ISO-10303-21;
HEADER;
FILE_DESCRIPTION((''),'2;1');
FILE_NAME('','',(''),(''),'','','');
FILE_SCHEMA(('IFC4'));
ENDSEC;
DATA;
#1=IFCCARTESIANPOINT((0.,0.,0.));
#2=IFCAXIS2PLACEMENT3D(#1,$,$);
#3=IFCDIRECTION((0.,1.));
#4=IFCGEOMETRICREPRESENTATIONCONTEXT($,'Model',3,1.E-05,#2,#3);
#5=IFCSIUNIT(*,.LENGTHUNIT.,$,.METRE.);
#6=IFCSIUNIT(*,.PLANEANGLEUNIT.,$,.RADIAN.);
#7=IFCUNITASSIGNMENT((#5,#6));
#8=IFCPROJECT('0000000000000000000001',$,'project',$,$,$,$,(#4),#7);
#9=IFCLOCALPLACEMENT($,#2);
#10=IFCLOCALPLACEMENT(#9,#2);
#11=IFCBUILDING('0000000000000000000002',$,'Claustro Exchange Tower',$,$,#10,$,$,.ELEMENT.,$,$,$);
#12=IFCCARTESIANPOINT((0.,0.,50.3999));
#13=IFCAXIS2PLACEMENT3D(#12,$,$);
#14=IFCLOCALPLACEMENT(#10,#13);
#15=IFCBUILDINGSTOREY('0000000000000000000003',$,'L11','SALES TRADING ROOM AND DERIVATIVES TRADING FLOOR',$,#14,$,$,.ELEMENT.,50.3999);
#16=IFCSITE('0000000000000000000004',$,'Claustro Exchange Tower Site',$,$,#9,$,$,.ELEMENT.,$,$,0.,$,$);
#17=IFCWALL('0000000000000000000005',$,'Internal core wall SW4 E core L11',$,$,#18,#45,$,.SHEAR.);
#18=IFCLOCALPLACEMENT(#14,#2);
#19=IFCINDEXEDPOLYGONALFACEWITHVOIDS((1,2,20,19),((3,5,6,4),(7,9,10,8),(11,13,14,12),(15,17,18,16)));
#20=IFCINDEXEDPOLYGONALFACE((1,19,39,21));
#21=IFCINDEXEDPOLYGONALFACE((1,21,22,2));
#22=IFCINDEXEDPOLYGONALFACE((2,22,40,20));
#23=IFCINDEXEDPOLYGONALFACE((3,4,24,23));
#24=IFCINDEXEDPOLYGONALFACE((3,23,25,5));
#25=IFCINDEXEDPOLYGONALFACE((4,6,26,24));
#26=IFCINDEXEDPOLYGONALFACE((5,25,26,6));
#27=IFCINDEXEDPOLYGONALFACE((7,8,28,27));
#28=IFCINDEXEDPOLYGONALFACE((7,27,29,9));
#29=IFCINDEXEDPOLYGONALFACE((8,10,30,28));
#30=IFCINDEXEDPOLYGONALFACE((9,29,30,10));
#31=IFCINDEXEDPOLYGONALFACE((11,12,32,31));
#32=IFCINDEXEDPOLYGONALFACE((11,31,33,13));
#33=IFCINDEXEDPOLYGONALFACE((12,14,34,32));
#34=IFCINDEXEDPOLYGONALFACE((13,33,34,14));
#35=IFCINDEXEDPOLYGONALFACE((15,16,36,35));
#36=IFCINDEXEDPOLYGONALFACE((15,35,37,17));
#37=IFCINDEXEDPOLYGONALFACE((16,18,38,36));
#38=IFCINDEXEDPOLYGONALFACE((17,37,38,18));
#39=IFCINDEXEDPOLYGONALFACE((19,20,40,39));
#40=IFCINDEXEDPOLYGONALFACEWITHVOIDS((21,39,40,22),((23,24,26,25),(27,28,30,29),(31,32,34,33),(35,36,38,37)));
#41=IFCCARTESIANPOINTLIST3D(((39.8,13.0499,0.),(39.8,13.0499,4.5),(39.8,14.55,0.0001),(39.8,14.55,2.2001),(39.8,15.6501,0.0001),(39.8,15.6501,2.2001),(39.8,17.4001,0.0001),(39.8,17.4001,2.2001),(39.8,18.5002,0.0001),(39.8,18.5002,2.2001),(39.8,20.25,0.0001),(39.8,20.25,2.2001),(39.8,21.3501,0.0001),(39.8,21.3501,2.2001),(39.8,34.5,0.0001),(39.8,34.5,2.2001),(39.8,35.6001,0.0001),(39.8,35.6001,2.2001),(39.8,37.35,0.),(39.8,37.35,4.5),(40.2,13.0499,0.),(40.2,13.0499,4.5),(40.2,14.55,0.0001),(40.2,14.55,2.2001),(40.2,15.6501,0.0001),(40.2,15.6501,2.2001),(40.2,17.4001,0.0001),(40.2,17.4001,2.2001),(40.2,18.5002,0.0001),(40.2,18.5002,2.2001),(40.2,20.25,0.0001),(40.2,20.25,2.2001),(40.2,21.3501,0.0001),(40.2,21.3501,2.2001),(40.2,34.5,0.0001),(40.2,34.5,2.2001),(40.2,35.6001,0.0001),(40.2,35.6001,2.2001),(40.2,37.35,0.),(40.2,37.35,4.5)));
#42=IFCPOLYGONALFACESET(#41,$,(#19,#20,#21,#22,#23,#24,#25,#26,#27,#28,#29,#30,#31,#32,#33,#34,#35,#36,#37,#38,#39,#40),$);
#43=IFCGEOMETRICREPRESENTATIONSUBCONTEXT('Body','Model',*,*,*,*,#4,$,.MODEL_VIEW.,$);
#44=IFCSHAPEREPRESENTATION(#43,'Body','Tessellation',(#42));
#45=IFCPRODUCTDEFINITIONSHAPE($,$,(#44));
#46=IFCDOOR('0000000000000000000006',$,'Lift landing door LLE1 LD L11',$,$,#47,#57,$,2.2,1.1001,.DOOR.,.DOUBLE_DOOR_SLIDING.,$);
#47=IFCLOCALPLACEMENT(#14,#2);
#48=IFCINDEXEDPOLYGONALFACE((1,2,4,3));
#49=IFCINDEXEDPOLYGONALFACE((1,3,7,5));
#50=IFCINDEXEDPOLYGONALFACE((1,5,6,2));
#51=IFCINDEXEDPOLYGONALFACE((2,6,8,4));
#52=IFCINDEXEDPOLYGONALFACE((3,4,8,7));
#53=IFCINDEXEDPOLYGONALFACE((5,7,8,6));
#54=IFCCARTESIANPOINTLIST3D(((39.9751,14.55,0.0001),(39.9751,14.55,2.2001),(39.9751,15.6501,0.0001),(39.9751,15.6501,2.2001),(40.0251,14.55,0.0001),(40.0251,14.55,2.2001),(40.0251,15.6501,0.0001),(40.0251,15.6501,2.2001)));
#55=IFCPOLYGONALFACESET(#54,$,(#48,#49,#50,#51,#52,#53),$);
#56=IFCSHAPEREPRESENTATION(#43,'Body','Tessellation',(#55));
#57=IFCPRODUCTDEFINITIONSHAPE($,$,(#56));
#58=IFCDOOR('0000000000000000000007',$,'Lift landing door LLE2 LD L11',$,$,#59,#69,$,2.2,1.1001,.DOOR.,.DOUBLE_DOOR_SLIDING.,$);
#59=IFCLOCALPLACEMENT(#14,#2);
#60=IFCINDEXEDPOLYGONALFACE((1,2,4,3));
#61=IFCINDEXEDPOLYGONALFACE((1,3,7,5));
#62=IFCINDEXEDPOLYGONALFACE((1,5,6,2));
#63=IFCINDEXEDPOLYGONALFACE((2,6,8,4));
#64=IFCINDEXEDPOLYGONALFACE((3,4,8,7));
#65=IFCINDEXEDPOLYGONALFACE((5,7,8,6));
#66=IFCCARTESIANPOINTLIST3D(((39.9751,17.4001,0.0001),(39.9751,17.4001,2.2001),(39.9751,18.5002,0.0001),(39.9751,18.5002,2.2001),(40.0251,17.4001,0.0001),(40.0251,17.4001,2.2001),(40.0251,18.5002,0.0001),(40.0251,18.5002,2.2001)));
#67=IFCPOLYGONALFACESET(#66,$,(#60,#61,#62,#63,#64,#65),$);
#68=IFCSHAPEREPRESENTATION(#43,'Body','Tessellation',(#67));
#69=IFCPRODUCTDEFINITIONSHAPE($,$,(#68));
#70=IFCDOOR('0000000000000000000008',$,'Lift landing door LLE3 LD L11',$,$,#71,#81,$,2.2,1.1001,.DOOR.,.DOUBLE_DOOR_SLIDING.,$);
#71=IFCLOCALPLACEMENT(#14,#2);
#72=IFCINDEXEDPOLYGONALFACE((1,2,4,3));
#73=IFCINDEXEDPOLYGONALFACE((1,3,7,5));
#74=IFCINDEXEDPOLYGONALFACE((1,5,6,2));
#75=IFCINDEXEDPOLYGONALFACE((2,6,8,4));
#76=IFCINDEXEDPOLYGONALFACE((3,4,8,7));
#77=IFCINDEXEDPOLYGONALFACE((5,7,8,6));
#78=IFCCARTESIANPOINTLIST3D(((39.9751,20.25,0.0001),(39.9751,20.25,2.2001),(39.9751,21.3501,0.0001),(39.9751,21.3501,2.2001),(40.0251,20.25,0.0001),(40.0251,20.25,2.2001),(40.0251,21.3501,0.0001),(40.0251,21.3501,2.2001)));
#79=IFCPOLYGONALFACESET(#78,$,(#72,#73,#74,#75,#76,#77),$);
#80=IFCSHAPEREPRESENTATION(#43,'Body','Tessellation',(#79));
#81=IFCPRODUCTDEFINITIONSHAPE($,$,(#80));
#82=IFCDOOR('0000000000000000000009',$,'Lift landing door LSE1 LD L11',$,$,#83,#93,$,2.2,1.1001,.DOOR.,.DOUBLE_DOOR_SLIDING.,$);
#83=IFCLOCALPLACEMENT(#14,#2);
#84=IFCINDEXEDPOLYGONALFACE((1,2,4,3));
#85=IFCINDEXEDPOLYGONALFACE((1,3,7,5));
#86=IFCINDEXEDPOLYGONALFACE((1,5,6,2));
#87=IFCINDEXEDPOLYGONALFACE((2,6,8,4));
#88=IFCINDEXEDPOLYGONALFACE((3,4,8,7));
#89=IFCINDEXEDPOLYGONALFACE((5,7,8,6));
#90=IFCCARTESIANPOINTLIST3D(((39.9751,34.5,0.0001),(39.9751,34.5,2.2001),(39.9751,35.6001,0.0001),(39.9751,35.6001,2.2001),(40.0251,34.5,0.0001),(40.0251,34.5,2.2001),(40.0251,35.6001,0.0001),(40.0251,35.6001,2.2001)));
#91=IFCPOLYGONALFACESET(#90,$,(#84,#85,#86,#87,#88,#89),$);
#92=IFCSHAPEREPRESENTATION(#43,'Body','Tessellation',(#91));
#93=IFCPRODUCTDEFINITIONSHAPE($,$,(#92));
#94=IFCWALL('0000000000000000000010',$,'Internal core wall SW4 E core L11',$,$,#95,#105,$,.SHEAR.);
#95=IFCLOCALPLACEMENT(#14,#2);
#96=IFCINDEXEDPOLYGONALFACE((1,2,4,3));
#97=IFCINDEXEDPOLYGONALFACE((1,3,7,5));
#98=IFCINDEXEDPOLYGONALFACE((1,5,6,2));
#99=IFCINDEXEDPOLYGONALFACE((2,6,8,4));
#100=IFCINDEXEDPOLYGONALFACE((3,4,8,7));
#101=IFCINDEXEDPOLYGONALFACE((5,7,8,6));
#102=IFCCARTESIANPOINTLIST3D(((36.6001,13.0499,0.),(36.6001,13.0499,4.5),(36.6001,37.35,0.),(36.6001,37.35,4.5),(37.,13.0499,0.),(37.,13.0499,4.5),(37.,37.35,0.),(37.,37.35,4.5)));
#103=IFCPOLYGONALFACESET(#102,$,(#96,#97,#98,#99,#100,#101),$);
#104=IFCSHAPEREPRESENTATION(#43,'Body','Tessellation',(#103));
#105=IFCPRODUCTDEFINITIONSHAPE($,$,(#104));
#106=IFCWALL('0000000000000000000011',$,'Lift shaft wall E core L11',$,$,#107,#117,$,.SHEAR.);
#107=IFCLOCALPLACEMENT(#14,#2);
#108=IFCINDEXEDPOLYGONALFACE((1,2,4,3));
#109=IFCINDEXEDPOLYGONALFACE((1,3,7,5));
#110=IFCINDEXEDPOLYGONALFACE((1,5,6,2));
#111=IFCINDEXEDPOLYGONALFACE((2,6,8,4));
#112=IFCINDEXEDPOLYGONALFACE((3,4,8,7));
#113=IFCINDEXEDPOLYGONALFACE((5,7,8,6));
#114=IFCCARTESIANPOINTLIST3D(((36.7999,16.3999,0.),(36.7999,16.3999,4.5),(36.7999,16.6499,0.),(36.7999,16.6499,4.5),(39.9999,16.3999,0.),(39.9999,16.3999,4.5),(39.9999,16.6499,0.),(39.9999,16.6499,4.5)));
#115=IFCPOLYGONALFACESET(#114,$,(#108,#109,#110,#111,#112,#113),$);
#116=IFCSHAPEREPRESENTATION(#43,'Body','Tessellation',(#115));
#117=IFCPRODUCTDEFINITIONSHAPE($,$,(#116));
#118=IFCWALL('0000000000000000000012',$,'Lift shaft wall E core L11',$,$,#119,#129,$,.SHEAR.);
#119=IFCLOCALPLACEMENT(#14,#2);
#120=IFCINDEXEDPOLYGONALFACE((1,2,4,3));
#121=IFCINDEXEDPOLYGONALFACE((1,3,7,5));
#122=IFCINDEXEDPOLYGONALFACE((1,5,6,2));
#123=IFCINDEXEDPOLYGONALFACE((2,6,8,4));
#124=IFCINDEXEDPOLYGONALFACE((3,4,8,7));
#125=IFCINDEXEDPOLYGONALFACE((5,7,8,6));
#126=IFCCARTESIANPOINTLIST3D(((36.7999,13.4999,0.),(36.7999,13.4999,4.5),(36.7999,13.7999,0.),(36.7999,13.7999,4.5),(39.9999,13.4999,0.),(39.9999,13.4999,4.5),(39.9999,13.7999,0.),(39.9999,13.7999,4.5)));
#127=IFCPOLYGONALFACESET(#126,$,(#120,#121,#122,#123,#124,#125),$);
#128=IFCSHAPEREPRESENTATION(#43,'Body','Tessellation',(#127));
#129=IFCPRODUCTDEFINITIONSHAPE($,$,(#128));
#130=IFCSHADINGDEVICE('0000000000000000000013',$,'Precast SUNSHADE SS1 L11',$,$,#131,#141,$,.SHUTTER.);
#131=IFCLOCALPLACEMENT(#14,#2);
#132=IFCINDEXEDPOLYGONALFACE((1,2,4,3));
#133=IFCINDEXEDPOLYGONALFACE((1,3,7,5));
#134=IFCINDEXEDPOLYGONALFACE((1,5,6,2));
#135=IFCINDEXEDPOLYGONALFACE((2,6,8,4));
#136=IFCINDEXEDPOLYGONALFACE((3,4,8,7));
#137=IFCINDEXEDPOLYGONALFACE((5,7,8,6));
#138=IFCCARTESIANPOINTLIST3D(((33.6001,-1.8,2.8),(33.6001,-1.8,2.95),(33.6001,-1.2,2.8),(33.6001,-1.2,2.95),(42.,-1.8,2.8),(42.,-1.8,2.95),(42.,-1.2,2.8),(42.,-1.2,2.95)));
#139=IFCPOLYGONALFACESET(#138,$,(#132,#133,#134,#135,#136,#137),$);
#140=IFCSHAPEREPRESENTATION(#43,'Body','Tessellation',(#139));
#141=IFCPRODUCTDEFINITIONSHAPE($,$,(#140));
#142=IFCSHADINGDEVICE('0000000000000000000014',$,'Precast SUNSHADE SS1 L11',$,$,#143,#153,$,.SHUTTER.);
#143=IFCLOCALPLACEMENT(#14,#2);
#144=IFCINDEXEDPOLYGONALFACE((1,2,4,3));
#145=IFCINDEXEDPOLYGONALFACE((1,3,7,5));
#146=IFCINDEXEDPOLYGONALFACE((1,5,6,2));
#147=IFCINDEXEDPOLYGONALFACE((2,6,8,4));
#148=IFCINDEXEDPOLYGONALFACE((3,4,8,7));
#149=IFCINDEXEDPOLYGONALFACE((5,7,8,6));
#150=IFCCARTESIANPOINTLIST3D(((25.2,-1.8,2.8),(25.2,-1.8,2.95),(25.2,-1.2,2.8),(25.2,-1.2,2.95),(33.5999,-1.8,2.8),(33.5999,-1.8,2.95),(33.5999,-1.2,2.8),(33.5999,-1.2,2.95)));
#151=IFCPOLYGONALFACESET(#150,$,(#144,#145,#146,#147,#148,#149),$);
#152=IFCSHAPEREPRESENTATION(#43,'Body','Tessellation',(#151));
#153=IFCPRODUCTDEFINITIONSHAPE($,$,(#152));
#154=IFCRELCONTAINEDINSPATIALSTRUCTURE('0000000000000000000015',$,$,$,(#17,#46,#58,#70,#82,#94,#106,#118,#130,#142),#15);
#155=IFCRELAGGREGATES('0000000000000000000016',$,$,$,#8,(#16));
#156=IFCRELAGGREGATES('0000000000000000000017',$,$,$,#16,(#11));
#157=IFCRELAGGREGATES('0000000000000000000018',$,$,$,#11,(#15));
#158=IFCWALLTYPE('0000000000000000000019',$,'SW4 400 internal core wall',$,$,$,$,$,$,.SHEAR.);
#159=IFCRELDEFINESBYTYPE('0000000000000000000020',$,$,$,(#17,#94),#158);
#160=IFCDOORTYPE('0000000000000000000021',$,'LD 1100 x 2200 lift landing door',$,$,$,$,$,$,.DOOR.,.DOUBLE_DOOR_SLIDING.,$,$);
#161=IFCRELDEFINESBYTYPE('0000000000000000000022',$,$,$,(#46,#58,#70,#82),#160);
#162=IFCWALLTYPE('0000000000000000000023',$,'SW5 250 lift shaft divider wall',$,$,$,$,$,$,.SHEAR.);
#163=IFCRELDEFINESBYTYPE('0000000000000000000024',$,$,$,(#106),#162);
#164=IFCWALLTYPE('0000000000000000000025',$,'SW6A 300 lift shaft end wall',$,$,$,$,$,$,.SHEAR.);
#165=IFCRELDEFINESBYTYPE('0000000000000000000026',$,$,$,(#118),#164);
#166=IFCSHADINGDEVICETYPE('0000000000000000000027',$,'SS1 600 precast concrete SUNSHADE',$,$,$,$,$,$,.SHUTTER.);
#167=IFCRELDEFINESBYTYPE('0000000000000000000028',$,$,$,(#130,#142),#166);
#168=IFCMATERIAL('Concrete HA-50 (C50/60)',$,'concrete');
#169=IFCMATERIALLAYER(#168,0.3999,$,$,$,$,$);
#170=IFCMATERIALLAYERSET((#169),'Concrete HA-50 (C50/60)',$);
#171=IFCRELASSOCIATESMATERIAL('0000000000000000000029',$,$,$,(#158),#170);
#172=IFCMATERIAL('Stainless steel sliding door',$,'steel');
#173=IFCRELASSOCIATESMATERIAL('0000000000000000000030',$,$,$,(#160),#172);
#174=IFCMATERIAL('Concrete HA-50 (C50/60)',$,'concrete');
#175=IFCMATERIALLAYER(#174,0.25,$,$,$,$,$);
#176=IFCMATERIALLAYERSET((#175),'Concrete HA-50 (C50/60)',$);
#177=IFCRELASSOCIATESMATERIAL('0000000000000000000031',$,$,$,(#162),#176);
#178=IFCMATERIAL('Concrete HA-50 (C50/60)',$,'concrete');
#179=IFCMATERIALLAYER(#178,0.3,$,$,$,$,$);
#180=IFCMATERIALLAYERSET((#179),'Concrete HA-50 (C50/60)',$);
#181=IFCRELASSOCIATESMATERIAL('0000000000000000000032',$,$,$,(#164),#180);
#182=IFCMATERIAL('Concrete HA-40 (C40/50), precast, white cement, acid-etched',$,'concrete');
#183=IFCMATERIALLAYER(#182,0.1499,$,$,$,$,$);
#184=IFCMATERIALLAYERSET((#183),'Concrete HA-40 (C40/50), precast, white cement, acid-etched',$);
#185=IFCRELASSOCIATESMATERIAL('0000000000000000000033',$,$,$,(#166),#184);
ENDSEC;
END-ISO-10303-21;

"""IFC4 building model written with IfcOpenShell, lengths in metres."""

from ifc_helpers import new_model, si_unit, direction, frame, frame_2d, origin, origin_2d, place, context, subcontext, project, spatial, rectangle, extrude, material, layer, layer_set, type_object, element, fill, save


model = new_model("IFC4")

# Units and contexts
model_context = context("Model", 3, precision=1e-05, world=origin(), true_north=direction((0.0, 1.0)))
body_context = subcontext(model_context, "Body", "Model", "MODEL_VIEW")
ifc_project = project(units=[si_unit("LENGTHUNIT", "METRE"), si_unit("PLANEANGLEUNIT", "RADIAN")], contexts=[model_context])

# Site, building, storey
site_placement = place(None, origin())
site = spatial("IfcSite", under=ifc_project, at=site_placement, Name="Claustro Exchange Tower Site", CompositionType="ELEMENT", RefElevation=0.0)
building_placement = place(site_placement, origin())
building = spatial("IfcBuilding", under=site, at=building_placement, Name="Claustro Exchange Tower", CompositionType="ELEMENT")
storey_placement = place(building_placement, frame((0.0, 0.0, 50.3999)))
storey = spatial("IfcBuildingStorey", under=building, at=storey_placement, Name="L11", Description="SALES TRADING ROOM AND DERIVATIVES TRADING FLOOR", CompositionType="ELEMENT", Elevation=50.3999)

# Wall, openings, doors
ifc_material_1 = material(Name="Concrete HA-50 (C50/60)", Category="concrete")
ifc_layer_1 = layer(ifc_material_1, 0.3999)
ifc_layer_set_1 = layer_set([ifc_layer_1], Name="Concrete HA-50 (C50/60)")
wall_type_1 = type_object("IfcWallType", Name="SW4 400 internal core wall", PredefinedType="SHEAR", material=ifc_layer_set_1)
wall_1_placement = place(storey_placement, frame((40.0, 13.05, 0.0), z_axis=(0.0, 0.0, 1.0), x_axis=(0.0, 1.0, 0.0)))
wall_1 = element("IfcWall", 1, at=wall_1_placement, inside=storey, type_object=wall_type_1, Name="Internal core wall SW4 E core L11", PredefinedType="SHEAR", context=body_context, shape_type="SweptSolid", body=[
    extrude(rectangle(XDim=24.3, YDim=0.3999, at=frame_2d((12.1499, 0.0))), origin(), (0.0, 0.0, 1.0), 4.5),
])
opening_1_placement = place(wall_1_placement, frame((1.5, 0.0, 0.0)))
opening_1 = element("IfcOpeningElement", 2, at=opening_1_placement, cuts=wall_1, PredefinedType="OPENING", context=body_context, shape_type="SweptSolid", body=[
    extrude(rectangle(XDim=1.1001, YDim=2.2, at=frame_2d((0.55, 1.1001))), frame((0.0, 0.21, 0.0), z_axis=(0.0, -1.0, 0.0), x_axis=(1.0, 0.0, 0.0)), (0.0, 0.0, 1.0), 0.4199),
])
opening_2_placement = place(wall_1_placement, frame((4.3501, 0.0, 0.0)))
opening_2 = element("IfcOpeningElement", 3, at=opening_2_placement, cuts=wall_1, PredefinedType="OPENING", context=body_context, shape_type="SweptSolid", body=[
    extrude(rectangle(XDim=1.1001, YDim=2.2, at=frame_2d((0.55, 1.1001))), frame((0.0, 0.21, 0.0), z_axis=(0.0, -1.0, 0.0), x_axis=(1.0, 0.0, 0.0)), (0.0, 0.0, 1.0), 0.4199),
])
opening_3_placement = place(wall_1_placement, frame((7.2, 0.0, 0.0)))
opening_3 = element("IfcOpeningElement", 4, at=opening_3_placement, cuts=wall_1, PredefinedType="OPENING", context=body_context, shape_type="SweptSolid", body=[
    extrude(rectangle(XDim=1.1001, YDim=2.2, at=frame_2d((0.55, 1.1001))), frame((0.0, 0.21, 0.0), z_axis=(0.0, -1.0, 0.0), x_axis=(1.0, 0.0, 0.0)), (0.0, 0.0, 1.0), 0.4199),
])
opening_4_placement = place(wall_1_placement, frame((21.45, 0.0, 0.0)))
opening_4 = element("IfcOpeningElement", 5, at=opening_4_placement, cuts=wall_1, PredefinedType="OPENING", context=body_context, shape_type="SweptSolid", body=[
    extrude(rectangle(XDim=1.1001, YDim=2.2, at=frame_2d((0.55, 1.1001))), frame((0.0, 0.21, 0.0), z_axis=(0.0, -1.0, 0.0), x_axis=(1.0, 0.0, 0.0)), (0.0, 0.0, 1.0), 0.4199),
])
ifc_material_2 = material(Name="Stainless steel sliding door", Category="steel")
door_type_1 = type_object("IfcDoorType", Name="LD 1100 x 2200 lift landing door", OperationType="DOUBLE_DOOR_SLIDING", PredefinedType="DOOR", material=ifc_material_2)
door_1_placement = place(opening_1_placement, origin())
door_1 = element("IfcDoor", 6, at=door_1_placement, inside=storey, type_object=door_type_1, Name="Lift landing door LLE1 LD L11", OperationType="DOUBLE_DOOR_SLIDING", OverallHeight=2.2, OverallWidth=1.1001, PredefinedType="DOOR", context=body_context, shape_type="SweptSolid", body=[
    extrude(rectangle(XDim=1.1001, YDim=2.2, at=frame_2d((0.55, 1.1001))), frame((0.0, 0.0249, 0.0), z_axis=(0.0, -1.0, 0.0), x_axis=(1.0, 0.0, 0.0)), (0.0, 0.0, 1.0), 0.05),
])
fill(opening_1, door_1)
door_2_placement = place(opening_2_placement, origin())
door_2 = element("IfcDoor", 7, at=door_2_placement, inside=storey, type_object=door_type_1, Name="Lift landing door LLE2 LD L11", OperationType="DOUBLE_DOOR_SLIDING", OverallHeight=2.2, OverallWidth=1.1001, PredefinedType="DOOR", context=body_context, shape_type="SweptSolid", body=[
    extrude(rectangle(XDim=1.1001, YDim=2.2, at=frame_2d((0.55, 1.1001))), frame((0.0, 0.0249, 0.0), z_axis=(0.0, -1.0, 0.0), x_axis=(1.0, 0.0, 0.0)), (0.0, 0.0, 1.0), 0.05),
])
fill(opening_2, door_2)
door_3_placement = place(opening_3_placement, origin())
door_3 = element("IfcDoor", 8, at=door_3_placement, inside=storey, type_object=door_type_1, Name="Lift landing door LLE3 LD L11", OperationType="DOUBLE_DOOR_SLIDING", OverallHeight=2.2, OverallWidth=1.1001, PredefinedType="DOOR", context=body_context, shape_type="SweptSolid", body=[
    extrude(rectangle(XDim=1.1001, YDim=2.2, at=frame_2d((0.55, 1.1001))), frame((0.0, 0.0249, 0.0), z_axis=(0.0, -1.0, 0.0), x_axis=(1.0, 0.0, 0.0)), (0.0, 0.0, 1.0), 0.05),
])
fill(opening_3, door_3)
door_4_placement = place(opening_4_placement, origin())
door_4 = element("IfcDoor", 9, at=door_4_placement, inside=storey, type_object=door_type_1, Name="Lift landing door LSE1 LD L11", OperationType="DOUBLE_DOOR_SLIDING", OverallHeight=2.2, OverallWidth=1.1001, PredefinedType="DOOR", context=body_context, shape_type="SweptSolid", body=[
    extrude(rectangle(XDim=1.1001, YDim=2.2, at=frame_2d((0.55, 1.1001))), frame((0.0, 0.0249, 0.0), z_axis=(0.0, -1.0, 0.0), x_axis=(1.0, 0.0, 0.0)), (0.0, 0.0, 1.0), 0.05),
])
fill(opening_4, door_4)

# Walls
wall_2_placement = place(storey_placement, frame((36.8, 13.05, 0.0), z_axis=(0.0, 0.0, 1.0), x_axis=(0.0, 1.0, 0.0)))
element("IfcWall", 10, at=wall_2_placement, inside=storey, type_object=wall_type_1, Name="Internal core wall SW4 E core L11", PredefinedType="SHEAR", context=body_context, shape_type="SweptSolid", body=[
    extrude(rectangle(XDim=24.3, YDim=0.3999, at=frame_2d((12.1499, 0.0))), origin(), (0.0, 0.0, 1.0), 4.5),
])
ifc_material_3 = material(Name="Concrete HA-50 (C50/60)", Category="concrete")
ifc_layer_2 = layer(ifc_material_3, 0.25)
ifc_layer_set_2 = layer_set([ifc_layer_2], Name="Concrete HA-50 (C50/60)")
wall_type_2 = type_object("IfcWallType", Name="SW5 250 lift shaft divider wall", PredefinedType="SHEAR", material=ifc_layer_set_2)
wall_3_placement = place(storey_placement, frame((40.0, 16.5249, 0.0), z_axis=(0.0, 0.0, 1.0), x_axis=(-1.0, 0.0, 0.0)))
element("IfcWall", 11, at=wall_3_placement, inside=storey, type_object=wall_type_2, Name="Lift shaft wall E core L11", PredefinedType="SHEAR", context=body_context, shape_type="SweptSolid", body=[
    extrude(rectangle(XDim=3.2, YDim=0.25, at=frame_2d((1.6001, 0.0))), origin(), (0.0, 0.0, 1.0), 4.5),
])
ifc_material_4 = material(Name="Concrete HA-50 (C50/60)", Category="concrete")
ifc_layer_3 = layer(ifc_material_4, 0.3)
ifc_layer_set_3 = layer_set([ifc_layer_3], Name="Concrete HA-50 (C50/60)")
wall_type_3 = type_object("IfcWallType", Name="SW6A 300 lift shaft end wall", PredefinedType="SHEAR", material=ifc_layer_set_3)
wall_4_placement = place(storey_placement, frame((40.0, 13.6499, 0.0), z_axis=(0.0, 0.0, 1.0), x_axis=(-1.0, 0.0, 0.0)))
element("IfcWall", 12, at=wall_4_placement, inside=storey, type_object=wall_type_3, Name="Lift shaft wall E core L11", PredefinedType="SHEAR", context=body_context, shape_type="SweptSolid", body=[
    extrude(rectangle(XDim=3.2, YDim=0.3, at=frame_2d((1.6001, 0.0))), origin(), (0.0, 0.0, 1.0), 4.5),
])

# Shading devices
ifc_material_5 = material(Name="Concrete HA-40 (C40/50), precast, white cement, acid-etched", Category="concrete")
ifc_layer_4 = layer(ifc_material_5, 0.1499)
ifc_layer_set_4 = layer_set([ifc_layer_4], Name="Concrete HA-40 (C40/50), precast, white cement, acid-etched")
shading_device_type = type_object("IfcShadingDeviceType", Name="SS1 600 precast concrete SUNSHADE", PredefinedType="SHUTTER", material=ifc_layer_set_4)
for number, where, z_axis, x_axis, name in (
    (13, (37.8, -1.5, 2.8), (0.0, 0.0, 1.0), (-1.0, 0.0, 0.0), "Precast SUNSHADE SS1 L11"),
    (14, (29.3999, -1.5, 2.8), (0.0, 0.0, 1.0), (-1.0, 0.0, 0.0), "Precast SUNSHADE SS1 L11"),
):
    element("IfcShadingDevice", number, at=place(storey_placement, frame(where, z_axis=z_axis, x_axis=x_axis)), inside=storey, type_object=shading_device_type, Name=name, PredefinedType="SHUTTER", context=body_context, shape_type="SweptSolid", body=[
        extrude(rectangle(XDim=8.3999, YDim=0.6001, at=origin_2d()), origin(), (0.0, 0.0, 1.0), 0.1499),
    ])

save(model, "model.ifc")
